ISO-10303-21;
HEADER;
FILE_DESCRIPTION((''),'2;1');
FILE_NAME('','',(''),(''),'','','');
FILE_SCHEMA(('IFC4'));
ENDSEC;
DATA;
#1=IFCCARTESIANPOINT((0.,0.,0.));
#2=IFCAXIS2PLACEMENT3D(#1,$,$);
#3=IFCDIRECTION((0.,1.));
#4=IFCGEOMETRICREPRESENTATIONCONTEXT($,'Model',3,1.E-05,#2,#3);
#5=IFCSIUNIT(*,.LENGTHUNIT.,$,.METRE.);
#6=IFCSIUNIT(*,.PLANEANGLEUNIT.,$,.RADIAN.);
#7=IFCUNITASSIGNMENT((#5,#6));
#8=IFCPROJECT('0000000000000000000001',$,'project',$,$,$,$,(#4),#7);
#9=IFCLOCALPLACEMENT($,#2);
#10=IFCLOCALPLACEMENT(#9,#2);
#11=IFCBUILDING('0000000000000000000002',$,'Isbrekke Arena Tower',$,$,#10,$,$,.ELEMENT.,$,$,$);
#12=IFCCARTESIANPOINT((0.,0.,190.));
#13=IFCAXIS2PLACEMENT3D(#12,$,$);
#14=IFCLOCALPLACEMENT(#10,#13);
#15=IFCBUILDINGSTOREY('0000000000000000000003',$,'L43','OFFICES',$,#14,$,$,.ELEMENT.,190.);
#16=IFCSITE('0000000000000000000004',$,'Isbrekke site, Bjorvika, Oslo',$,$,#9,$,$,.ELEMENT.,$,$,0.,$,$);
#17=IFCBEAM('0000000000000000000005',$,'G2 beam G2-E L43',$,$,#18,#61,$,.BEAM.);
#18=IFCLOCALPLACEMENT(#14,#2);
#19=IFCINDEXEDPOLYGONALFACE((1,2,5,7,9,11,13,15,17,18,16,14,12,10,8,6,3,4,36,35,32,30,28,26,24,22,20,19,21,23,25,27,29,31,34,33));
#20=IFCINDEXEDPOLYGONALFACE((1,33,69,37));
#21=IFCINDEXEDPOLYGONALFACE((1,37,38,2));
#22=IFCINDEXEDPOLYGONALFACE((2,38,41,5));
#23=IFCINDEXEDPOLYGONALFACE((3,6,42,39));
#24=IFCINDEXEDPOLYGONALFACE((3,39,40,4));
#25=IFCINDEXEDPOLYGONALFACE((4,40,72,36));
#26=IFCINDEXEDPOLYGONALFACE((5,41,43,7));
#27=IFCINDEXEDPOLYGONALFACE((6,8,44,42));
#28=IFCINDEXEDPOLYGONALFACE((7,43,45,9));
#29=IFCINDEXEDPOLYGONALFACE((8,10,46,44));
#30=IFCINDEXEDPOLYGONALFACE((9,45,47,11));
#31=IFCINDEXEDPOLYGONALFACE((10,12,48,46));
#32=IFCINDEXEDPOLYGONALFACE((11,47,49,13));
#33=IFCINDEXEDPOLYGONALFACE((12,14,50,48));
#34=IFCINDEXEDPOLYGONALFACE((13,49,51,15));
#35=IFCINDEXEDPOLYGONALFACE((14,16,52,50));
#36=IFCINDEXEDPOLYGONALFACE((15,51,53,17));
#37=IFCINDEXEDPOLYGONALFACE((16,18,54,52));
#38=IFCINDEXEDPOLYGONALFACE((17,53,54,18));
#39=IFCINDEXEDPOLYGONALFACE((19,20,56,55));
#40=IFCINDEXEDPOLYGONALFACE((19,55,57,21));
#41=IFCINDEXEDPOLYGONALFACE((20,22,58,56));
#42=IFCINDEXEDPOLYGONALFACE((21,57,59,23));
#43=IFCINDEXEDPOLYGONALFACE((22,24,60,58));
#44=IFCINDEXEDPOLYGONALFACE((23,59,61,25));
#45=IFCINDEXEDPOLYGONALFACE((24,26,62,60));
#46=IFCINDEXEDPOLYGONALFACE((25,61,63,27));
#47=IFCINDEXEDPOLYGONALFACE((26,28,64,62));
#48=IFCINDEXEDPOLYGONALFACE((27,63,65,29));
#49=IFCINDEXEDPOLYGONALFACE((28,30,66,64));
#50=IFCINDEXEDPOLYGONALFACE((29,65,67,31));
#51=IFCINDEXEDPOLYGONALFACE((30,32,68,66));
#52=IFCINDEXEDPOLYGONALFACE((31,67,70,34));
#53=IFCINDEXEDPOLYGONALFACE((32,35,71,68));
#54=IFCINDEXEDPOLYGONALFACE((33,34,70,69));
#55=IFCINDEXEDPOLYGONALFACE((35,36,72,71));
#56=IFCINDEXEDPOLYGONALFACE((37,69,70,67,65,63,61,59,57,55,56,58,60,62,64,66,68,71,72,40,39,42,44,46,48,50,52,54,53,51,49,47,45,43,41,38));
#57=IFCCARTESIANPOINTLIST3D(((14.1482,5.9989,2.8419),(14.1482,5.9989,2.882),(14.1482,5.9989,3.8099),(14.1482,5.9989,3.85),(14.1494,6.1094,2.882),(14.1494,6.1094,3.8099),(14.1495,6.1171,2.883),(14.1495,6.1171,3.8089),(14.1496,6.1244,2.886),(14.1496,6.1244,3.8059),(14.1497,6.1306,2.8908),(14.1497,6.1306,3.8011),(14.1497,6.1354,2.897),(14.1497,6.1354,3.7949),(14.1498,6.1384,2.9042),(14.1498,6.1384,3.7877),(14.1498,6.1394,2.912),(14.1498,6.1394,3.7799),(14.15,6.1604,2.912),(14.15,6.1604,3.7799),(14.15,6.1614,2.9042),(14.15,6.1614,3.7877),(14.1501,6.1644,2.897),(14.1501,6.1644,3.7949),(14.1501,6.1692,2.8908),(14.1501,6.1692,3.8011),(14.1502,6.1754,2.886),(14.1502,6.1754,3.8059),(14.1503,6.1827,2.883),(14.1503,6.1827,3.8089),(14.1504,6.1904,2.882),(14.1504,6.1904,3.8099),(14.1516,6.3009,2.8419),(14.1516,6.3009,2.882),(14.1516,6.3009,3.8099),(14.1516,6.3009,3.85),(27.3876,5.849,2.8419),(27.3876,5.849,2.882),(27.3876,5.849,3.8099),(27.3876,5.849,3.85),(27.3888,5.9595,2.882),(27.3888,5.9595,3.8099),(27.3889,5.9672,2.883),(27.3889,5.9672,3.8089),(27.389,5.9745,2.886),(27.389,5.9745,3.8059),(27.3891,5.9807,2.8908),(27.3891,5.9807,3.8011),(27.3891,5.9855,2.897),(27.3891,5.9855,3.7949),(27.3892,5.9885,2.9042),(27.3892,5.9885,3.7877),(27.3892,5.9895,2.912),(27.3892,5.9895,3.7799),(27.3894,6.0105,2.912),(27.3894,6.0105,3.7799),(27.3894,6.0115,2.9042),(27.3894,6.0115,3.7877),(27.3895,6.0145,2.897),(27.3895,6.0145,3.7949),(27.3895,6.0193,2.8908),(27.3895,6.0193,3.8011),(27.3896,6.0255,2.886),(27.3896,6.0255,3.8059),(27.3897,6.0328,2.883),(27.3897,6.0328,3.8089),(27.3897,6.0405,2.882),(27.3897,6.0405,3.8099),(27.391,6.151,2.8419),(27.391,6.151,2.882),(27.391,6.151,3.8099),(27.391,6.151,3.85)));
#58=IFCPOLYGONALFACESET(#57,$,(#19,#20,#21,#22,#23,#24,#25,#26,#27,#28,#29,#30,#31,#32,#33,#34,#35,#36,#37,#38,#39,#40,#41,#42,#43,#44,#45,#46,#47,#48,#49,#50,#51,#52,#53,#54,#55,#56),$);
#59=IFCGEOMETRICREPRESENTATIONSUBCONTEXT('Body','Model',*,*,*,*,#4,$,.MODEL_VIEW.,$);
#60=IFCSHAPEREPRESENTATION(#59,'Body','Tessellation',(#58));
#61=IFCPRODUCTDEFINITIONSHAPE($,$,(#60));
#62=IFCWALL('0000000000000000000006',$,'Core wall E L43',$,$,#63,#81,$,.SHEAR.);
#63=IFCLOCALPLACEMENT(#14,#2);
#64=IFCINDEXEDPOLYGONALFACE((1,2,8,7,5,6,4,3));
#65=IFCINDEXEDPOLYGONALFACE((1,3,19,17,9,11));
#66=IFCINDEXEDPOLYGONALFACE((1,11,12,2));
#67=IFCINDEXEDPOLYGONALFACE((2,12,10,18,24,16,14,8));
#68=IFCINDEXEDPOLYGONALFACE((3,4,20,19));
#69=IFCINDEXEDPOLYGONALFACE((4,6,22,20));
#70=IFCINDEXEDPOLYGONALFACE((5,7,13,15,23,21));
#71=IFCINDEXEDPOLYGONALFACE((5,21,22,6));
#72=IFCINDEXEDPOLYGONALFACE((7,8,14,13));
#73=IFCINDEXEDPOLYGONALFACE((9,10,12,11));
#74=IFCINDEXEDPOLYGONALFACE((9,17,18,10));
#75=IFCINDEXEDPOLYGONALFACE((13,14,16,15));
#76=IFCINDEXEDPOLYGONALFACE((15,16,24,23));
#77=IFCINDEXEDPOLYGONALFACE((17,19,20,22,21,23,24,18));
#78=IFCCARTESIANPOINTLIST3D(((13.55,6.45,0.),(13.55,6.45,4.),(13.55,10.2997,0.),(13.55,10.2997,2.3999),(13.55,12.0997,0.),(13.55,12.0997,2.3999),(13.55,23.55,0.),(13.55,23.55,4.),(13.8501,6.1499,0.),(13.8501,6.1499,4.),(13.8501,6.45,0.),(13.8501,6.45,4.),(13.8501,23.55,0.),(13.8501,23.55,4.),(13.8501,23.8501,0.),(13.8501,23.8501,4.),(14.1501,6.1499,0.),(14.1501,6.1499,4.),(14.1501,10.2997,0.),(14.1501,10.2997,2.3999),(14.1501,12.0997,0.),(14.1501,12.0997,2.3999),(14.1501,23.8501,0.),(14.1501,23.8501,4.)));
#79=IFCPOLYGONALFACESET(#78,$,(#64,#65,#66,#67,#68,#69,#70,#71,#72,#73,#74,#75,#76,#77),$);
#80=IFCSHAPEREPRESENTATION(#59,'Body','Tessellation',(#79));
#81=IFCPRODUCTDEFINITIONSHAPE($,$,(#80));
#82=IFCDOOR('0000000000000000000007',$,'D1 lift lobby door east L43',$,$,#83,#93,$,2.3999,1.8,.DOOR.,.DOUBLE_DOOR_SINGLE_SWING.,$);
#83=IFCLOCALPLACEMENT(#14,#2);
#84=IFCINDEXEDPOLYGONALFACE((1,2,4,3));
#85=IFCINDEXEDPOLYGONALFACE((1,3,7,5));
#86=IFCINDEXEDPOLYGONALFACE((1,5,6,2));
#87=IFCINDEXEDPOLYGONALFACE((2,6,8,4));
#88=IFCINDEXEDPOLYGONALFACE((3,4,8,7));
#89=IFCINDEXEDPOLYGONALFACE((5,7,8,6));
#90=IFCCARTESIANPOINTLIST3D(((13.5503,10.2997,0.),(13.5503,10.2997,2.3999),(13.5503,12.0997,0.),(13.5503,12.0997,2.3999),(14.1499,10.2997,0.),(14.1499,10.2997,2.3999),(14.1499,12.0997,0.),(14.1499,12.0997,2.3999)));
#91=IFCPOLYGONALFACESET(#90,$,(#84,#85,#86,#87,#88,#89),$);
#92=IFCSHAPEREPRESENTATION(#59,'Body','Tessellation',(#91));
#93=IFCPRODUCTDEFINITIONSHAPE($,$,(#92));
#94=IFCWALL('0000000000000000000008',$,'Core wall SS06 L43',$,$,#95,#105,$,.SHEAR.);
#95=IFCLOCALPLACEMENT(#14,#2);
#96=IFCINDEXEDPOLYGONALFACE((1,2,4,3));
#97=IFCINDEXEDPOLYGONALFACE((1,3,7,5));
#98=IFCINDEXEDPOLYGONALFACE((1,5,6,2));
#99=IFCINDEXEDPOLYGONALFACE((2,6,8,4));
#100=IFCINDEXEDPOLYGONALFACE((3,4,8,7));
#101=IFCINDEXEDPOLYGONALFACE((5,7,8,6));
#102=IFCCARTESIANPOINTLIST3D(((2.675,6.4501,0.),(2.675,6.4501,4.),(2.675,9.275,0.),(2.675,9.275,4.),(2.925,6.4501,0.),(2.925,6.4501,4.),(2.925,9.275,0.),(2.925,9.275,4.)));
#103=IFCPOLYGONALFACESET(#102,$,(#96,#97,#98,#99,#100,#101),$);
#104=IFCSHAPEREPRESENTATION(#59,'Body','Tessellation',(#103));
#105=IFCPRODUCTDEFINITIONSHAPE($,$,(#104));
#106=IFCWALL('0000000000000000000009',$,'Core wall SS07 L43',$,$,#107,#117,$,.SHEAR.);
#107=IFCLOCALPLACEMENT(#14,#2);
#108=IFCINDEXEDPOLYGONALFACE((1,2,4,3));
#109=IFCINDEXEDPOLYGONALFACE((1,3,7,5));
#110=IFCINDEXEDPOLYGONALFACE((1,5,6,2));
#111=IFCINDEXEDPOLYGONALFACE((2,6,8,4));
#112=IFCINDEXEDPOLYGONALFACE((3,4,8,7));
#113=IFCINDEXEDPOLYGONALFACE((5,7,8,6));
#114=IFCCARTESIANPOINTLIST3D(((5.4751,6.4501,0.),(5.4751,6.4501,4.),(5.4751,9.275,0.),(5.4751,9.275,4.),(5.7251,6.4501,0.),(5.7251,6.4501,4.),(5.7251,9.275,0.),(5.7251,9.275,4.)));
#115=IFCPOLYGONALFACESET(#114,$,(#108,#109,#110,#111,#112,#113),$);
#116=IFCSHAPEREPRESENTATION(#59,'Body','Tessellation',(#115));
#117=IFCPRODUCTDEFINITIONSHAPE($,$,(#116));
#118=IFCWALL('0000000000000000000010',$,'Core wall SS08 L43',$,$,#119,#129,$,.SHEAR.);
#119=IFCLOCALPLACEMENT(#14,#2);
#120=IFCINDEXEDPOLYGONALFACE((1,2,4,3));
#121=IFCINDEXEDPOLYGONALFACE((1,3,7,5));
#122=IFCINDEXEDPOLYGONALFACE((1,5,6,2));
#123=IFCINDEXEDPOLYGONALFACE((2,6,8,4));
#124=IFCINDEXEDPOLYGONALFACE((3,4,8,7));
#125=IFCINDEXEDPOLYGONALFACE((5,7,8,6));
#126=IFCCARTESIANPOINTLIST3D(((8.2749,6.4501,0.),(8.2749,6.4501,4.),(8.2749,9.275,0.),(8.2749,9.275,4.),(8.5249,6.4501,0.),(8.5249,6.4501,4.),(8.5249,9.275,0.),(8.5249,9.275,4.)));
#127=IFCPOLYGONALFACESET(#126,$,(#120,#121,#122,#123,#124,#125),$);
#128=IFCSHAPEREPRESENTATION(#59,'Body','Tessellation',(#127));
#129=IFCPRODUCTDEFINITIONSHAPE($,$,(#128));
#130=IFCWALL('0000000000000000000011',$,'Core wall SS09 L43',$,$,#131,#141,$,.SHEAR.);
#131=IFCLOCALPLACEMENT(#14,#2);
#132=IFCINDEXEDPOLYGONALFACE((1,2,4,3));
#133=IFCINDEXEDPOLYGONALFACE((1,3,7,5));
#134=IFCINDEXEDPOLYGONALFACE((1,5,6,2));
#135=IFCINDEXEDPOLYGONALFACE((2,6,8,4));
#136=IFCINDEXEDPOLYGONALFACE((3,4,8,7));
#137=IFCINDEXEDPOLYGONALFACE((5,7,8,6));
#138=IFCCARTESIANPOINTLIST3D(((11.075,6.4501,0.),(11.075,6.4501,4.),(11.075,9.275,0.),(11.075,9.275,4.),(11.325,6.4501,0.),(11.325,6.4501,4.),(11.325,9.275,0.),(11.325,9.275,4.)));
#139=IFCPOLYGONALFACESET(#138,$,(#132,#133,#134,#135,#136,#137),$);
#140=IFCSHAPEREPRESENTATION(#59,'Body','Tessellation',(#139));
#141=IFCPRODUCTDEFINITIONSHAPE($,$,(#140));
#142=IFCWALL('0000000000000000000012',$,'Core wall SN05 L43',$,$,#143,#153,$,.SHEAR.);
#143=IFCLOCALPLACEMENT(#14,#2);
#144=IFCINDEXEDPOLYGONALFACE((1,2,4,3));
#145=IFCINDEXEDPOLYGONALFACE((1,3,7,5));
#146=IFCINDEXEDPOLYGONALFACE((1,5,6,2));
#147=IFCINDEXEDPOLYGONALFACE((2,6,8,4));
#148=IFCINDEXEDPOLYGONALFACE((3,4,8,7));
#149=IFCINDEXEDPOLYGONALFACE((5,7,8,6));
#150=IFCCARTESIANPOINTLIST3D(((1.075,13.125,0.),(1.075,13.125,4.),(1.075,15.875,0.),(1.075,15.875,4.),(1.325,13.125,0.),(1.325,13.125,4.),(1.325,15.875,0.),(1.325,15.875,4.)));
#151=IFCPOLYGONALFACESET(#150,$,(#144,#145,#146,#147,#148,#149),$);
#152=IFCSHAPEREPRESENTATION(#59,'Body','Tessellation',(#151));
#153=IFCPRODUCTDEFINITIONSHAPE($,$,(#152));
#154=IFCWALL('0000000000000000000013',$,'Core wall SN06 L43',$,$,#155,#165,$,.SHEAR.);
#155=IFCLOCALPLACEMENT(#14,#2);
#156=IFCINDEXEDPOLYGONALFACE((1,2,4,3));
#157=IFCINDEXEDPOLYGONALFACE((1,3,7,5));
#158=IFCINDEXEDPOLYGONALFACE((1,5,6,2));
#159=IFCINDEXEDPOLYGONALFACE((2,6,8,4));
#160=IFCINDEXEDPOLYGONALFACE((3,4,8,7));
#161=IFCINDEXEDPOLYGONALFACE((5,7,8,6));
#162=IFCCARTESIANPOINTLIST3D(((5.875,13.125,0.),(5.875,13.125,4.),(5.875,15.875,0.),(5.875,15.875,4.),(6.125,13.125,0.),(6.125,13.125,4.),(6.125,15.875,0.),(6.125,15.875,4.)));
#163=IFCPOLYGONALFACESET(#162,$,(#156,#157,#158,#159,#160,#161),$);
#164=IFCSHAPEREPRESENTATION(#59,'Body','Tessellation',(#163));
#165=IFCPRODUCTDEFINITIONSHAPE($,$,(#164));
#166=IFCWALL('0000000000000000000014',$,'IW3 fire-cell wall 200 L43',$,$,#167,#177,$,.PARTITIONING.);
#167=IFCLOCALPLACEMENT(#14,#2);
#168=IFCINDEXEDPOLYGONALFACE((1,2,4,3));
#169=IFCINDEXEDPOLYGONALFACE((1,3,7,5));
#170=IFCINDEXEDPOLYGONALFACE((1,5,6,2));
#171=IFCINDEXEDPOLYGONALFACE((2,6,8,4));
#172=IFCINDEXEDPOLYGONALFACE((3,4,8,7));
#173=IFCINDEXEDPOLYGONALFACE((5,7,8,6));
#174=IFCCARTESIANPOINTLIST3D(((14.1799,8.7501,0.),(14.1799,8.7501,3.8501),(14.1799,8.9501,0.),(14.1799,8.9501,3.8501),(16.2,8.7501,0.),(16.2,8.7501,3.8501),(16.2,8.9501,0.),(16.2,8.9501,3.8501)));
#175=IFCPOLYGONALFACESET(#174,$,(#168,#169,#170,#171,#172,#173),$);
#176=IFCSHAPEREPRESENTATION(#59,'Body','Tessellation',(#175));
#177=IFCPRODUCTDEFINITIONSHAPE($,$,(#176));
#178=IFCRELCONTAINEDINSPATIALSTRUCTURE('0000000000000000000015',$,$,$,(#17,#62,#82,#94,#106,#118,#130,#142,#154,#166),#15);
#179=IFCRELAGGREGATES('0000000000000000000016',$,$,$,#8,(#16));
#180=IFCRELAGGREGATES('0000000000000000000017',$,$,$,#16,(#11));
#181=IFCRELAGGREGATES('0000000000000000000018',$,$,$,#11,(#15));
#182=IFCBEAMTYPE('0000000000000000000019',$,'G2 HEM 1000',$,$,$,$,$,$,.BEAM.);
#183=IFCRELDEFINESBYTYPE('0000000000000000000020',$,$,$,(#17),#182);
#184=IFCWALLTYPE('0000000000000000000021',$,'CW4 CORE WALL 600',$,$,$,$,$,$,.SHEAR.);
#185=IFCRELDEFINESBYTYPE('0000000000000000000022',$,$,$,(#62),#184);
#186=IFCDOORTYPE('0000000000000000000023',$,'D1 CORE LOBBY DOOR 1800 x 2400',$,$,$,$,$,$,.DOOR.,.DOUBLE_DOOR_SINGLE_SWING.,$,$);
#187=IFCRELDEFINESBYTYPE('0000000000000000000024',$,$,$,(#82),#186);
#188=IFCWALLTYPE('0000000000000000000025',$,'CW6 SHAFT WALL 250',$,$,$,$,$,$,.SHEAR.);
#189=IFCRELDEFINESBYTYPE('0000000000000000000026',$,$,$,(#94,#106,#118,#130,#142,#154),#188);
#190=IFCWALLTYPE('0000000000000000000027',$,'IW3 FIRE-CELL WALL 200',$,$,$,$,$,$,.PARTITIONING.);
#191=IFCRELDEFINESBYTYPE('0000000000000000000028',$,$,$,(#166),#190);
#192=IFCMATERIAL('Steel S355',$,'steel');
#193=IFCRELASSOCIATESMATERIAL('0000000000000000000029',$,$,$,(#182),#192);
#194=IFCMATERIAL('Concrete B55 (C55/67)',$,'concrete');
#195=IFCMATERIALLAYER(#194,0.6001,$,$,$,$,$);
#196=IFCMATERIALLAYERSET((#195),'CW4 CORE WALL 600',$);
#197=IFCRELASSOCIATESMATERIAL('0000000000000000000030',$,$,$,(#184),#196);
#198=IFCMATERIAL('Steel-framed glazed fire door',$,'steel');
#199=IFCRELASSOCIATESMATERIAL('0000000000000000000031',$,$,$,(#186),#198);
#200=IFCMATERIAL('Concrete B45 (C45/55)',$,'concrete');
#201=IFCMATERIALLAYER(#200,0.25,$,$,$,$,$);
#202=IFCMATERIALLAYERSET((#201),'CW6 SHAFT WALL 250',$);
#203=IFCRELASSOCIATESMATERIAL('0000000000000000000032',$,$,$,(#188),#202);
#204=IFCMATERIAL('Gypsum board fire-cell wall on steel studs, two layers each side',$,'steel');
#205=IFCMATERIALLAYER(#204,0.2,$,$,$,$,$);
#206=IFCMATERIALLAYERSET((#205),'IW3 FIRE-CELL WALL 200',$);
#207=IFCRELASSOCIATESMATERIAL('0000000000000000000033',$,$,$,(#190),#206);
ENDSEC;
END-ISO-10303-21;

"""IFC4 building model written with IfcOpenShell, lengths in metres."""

from ifc_helpers import new_model, si_unit, direction, frame, frame_2d, origin, origin_2d, place, context, subcontext, project, spatial, polyline, rectangle, i_section, outline, extrude, material, layer, layer_set, material_profile, profile_set, type_object, element, fill, save


model = new_model("IFC4")

# Units and contexts
model_context = context("Model", 3, precision=1e-05, world=origin(), true_north=direction((0.0, 1.0)))
body_context = subcontext(model_context, "Body", "Model", "MODEL_VIEW")
ifc_project = project(units=[si_unit("LENGTHUNIT", "METRE"), si_unit("PLANEANGLEUNIT", "RADIAN")], contexts=[model_context])

# Site, building, storey
site_placement = place(None, origin())
site = spatial("IfcSite", under=ifc_project, at=site_placement, Name="Isbrekke site, Bjorvika, Oslo", CompositionType="ELEMENT", RefElevation=0.0)
building_placement = place(site_placement, origin())
building = spatial("IfcBuilding", under=site, at=building_placement, Name="Isbrekke Arena Tower", CompositionType="ELEMENT")
storey_placement = place(building_placement, frame((0.0, 0.0, 190.0)))
storey = spatial("IfcBuildingStorey", under=building, at=storey_placement, Name="L43", Description="OFFICES", CompositionType="ELEMENT", Elevation=190.0)

# Beam
ifc_material_1 = material(Name="Steel S355", Category="steel")
ifc_material_profile = material_profile(ifc_material_1, i_section(OverallWidth=0.302, OverallDepth=1.0081, WebThickness=0.021, FlangeThickness=0.04, FilletRadius=0.03, at=origin_2d()), Name="HEM 1000")
ifc_profile_set = profile_set([ifc_material_profile], Name="Steel S355")
beam_type = type_object("IfcBeamType", Name="G2 HEM 1000", PredefinedType="BEAM", material=ifc_profile_set)
beam_placement = place(storey_placement, frame((14.1499, 6.1499, 3.3459), z_axis=(0.999936, -0.011322, 0.0), x_axis=(0.011322, 0.999936, 0.0)))
element("IfcBeam", 1, at=beam_placement, inside=storey, type_object=beam_type, Name="G2 beam G2-E L43", PredefinedType="BEAM", context=body_context, shape_type="SweptSolid", body=[
    extrude(i_section(OverallWidth=0.302, OverallDepth=1.0081, WebThickness=0.021, FlangeThickness=0.04, FilletRadius=0.03, at=origin_2d()), origin(), (0.0, 0.0, 1.0), 13.2402),
])

# Wall, opening, door
ifc_material_2 = material(Name="Concrete B55 (C55/67)", Category="concrete")
ifc_layer_1 = layer(ifc_material_2, 0.6001)
ifc_layer_set_1 = layer_set([ifc_layer_1], Name="CW4 CORE WALL 600")
wall_type_1 = type_object("IfcWallType", Name="CW4 CORE WALL 600", PredefinedType="SHEAR", material=ifc_layer_set_1)
wall_1_placement = place(storey_placement, frame((13.8501, 6.1499, 0.0), z_axis=(0.0, 0.0, 1.0), x_axis=(0.0, 1.0, 0.0)))
wall_1 = element("IfcWall", 2, at=wall_1_placement, inside=storey, type_object=wall_type_1, Name="Core wall E L43", PredefinedType="SHEAR", context=body_context, shape_type="SweptSolid", body=[
    extrude(outline(polyline([(0.0, -0.3), (17.7002, -0.3), (17.7002, 0.0), (17.4001, 0.0), (17.4001, 0.3), (0.3, 0.3), (0.3, 0.0), (0.0, 0.0), (0.0, -0.3)])), origin(), (0.0, 0.0, 1.0), 4.0),
])
opening_1_placement = place(wall_1_placement, frame((4.1499, 0.0, 0.0)))
opening_1 = element("IfcOpeningElement", 3, at=opening_1_placement, cuts=wall_1, PredefinedType="OPENING", context=body_context, shape_type="SweptSolid", body=[
    extrude(rectangle(XDim=1.8, YDim=2.3999, at=frame_2d((0.8999, 1.2))), frame((0.0, 0.3149, 0.0), z_axis=(0.0, -1.0, 0.0), x_axis=(1.0, 0.0, 0.0)), (0.0, 0.0, 1.0), 0.6299),
])
ifc_material_3 = material(Name="Steel-framed glazed fire door", Category="steel")
door_type_1 = type_object("IfcDoorType", Name="D1 CORE LOBBY DOOR 1800 x 2400", OperationType="DOUBLE_DOOR_SINGLE_SWING", PredefinedType="DOOR", material=ifc_material_3)
door_1_placement = place(opening_1_placement, origin())
door_1 = element("IfcDoor", 4, at=door_1_placement, inside=storey, type_object=door_type_1, Name="D1 lift lobby door east L43", OperationType="DOUBLE_DOOR_SINGLE_SWING", OverallHeight=2.3999, OverallWidth=1.8, PredefinedType="DOOR", context=body_context, shape_type="SweptSolid", body=[
    extrude(rectangle(XDim=1.8, YDim=2.3999, at=frame_2d((0.8999, 1.2))), frame((0.0, 0.2998, 0.0), z_axis=(0.0, -1.0, 0.0), x_axis=(1.0, 0.0, 0.0)), (0.0, 0.0, 1.0), 0.5996),
])
fill(opening_1, door_1)

# Walls
ifc_material_4 = material(Name="Concrete B45 (C45/55)", Category="concrete")
ifc_layer_2 = layer(ifc_material_4, 0.25)
ifc_layer_set_2 = layer_set([ifc_layer_2], Name="CW6 SHAFT WALL 250")
wall_type_2 = type_object("IfcWallType", Name="CW6 SHAFT WALL 250", PredefinedType="SHEAR", material=ifc_layer_set_2)
for number, where, z_axis, x_axis, name in (
    (5, (2.8, 6.45, 0.0), (0.0, 0.0, 1.0), (0.0, 1.0, 0.0), "Core wall SS06 L43"),
    (6, (5.6001, 6.45, 0.0), (0.0, 0.0, 1.0), (0.0, 1.0, 0.0), "Core wall SS07 L43"),
    (7, (8.3999, 6.45, 0.0), (0.0, 0.0, 1.0), (0.0, 1.0, 0.0), "Core wall SS08 L43"),
    (8, (11.2, 6.45, 0.0), (0.0, 0.0, 1.0), (0.0, 1.0, 0.0), "Core wall SS09 L43"),
):
    element("IfcWall", number, at=place(storey_placement, frame(where, z_axis=z_axis, x_axis=x_axis)), inside=storey, type_object=wall_type_2, Name=name, PredefinedType="SHEAR", context=body_context, shape_type="SweptSolid", body=[
        extrude(rectangle(XDim=2.825, YDim=0.25, at=frame_2d((1.4126, 0.0))), origin(), (0.0, 0.0, 1.0), 4.0),
    ])
for number, where, z_axis, x_axis, name in (
    (9, (1.2, 13.125, 0.0), (0.0, 0.0, 1.0), (0.0, 1.0, 0.0), "Core wall SN05 L43"),
    (10, (6.0, 13.125, 0.0), (0.0, 0.0, 1.0), (0.0, 1.0, 0.0), "Core wall SN06 L43"),
):
    element("IfcWall", number, at=place(storey_placement, frame(where, z_axis=z_axis, x_axis=x_axis)), inside=storey, type_object=wall_type_2, Name=name, PredefinedType="SHEAR", context=body_context, shape_type="SweptSolid", body=[
        extrude(rectangle(XDim=2.75, YDim=0.25, at=frame_2d((1.375, 0.0))), origin(), (0.0, 0.0, 1.0), 4.0),
    ])
ifc_material_5 = material(Name="Gypsum board fire-cell wall on steel studs, two layers each side", Category="steel")
ifc_layer_3 = layer(ifc_material_5, 0.2)
ifc_layer_set_3 = layer_set([ifc_layer_3], Name="IW3 FIRE-CELL WALL 200")
wall_type_3 = type_object("IfcWallType", Name="IW3 FIRE-CELL WALL 200", PredefinedType="PARTITIONING", material=ifc_layer_set_3)
wall_2_placement = place(storey_placement, frame((14.1799, 8.8501, 0.0), z_axis=(0.0, 0.0, 1.0), x_axis=(1.0, 0.0, 0.0)))
element("IfcWall", 11, at=wall_2_placement, inside=storey, type_object=wall_type_3, Name="IW3 fire-cell wall 200 L43", PredefinedType="PARTITIONING", context=body_context, shape_type="SweptSolid", body=[
    extrude(rectangle(XDim=2.02, YDim=0.2, at=frame_2d((1.01, 0.0))), origin(), (0.0, 0.0, 1.0), 3.8501),
])

save(model, "model.ifc")
